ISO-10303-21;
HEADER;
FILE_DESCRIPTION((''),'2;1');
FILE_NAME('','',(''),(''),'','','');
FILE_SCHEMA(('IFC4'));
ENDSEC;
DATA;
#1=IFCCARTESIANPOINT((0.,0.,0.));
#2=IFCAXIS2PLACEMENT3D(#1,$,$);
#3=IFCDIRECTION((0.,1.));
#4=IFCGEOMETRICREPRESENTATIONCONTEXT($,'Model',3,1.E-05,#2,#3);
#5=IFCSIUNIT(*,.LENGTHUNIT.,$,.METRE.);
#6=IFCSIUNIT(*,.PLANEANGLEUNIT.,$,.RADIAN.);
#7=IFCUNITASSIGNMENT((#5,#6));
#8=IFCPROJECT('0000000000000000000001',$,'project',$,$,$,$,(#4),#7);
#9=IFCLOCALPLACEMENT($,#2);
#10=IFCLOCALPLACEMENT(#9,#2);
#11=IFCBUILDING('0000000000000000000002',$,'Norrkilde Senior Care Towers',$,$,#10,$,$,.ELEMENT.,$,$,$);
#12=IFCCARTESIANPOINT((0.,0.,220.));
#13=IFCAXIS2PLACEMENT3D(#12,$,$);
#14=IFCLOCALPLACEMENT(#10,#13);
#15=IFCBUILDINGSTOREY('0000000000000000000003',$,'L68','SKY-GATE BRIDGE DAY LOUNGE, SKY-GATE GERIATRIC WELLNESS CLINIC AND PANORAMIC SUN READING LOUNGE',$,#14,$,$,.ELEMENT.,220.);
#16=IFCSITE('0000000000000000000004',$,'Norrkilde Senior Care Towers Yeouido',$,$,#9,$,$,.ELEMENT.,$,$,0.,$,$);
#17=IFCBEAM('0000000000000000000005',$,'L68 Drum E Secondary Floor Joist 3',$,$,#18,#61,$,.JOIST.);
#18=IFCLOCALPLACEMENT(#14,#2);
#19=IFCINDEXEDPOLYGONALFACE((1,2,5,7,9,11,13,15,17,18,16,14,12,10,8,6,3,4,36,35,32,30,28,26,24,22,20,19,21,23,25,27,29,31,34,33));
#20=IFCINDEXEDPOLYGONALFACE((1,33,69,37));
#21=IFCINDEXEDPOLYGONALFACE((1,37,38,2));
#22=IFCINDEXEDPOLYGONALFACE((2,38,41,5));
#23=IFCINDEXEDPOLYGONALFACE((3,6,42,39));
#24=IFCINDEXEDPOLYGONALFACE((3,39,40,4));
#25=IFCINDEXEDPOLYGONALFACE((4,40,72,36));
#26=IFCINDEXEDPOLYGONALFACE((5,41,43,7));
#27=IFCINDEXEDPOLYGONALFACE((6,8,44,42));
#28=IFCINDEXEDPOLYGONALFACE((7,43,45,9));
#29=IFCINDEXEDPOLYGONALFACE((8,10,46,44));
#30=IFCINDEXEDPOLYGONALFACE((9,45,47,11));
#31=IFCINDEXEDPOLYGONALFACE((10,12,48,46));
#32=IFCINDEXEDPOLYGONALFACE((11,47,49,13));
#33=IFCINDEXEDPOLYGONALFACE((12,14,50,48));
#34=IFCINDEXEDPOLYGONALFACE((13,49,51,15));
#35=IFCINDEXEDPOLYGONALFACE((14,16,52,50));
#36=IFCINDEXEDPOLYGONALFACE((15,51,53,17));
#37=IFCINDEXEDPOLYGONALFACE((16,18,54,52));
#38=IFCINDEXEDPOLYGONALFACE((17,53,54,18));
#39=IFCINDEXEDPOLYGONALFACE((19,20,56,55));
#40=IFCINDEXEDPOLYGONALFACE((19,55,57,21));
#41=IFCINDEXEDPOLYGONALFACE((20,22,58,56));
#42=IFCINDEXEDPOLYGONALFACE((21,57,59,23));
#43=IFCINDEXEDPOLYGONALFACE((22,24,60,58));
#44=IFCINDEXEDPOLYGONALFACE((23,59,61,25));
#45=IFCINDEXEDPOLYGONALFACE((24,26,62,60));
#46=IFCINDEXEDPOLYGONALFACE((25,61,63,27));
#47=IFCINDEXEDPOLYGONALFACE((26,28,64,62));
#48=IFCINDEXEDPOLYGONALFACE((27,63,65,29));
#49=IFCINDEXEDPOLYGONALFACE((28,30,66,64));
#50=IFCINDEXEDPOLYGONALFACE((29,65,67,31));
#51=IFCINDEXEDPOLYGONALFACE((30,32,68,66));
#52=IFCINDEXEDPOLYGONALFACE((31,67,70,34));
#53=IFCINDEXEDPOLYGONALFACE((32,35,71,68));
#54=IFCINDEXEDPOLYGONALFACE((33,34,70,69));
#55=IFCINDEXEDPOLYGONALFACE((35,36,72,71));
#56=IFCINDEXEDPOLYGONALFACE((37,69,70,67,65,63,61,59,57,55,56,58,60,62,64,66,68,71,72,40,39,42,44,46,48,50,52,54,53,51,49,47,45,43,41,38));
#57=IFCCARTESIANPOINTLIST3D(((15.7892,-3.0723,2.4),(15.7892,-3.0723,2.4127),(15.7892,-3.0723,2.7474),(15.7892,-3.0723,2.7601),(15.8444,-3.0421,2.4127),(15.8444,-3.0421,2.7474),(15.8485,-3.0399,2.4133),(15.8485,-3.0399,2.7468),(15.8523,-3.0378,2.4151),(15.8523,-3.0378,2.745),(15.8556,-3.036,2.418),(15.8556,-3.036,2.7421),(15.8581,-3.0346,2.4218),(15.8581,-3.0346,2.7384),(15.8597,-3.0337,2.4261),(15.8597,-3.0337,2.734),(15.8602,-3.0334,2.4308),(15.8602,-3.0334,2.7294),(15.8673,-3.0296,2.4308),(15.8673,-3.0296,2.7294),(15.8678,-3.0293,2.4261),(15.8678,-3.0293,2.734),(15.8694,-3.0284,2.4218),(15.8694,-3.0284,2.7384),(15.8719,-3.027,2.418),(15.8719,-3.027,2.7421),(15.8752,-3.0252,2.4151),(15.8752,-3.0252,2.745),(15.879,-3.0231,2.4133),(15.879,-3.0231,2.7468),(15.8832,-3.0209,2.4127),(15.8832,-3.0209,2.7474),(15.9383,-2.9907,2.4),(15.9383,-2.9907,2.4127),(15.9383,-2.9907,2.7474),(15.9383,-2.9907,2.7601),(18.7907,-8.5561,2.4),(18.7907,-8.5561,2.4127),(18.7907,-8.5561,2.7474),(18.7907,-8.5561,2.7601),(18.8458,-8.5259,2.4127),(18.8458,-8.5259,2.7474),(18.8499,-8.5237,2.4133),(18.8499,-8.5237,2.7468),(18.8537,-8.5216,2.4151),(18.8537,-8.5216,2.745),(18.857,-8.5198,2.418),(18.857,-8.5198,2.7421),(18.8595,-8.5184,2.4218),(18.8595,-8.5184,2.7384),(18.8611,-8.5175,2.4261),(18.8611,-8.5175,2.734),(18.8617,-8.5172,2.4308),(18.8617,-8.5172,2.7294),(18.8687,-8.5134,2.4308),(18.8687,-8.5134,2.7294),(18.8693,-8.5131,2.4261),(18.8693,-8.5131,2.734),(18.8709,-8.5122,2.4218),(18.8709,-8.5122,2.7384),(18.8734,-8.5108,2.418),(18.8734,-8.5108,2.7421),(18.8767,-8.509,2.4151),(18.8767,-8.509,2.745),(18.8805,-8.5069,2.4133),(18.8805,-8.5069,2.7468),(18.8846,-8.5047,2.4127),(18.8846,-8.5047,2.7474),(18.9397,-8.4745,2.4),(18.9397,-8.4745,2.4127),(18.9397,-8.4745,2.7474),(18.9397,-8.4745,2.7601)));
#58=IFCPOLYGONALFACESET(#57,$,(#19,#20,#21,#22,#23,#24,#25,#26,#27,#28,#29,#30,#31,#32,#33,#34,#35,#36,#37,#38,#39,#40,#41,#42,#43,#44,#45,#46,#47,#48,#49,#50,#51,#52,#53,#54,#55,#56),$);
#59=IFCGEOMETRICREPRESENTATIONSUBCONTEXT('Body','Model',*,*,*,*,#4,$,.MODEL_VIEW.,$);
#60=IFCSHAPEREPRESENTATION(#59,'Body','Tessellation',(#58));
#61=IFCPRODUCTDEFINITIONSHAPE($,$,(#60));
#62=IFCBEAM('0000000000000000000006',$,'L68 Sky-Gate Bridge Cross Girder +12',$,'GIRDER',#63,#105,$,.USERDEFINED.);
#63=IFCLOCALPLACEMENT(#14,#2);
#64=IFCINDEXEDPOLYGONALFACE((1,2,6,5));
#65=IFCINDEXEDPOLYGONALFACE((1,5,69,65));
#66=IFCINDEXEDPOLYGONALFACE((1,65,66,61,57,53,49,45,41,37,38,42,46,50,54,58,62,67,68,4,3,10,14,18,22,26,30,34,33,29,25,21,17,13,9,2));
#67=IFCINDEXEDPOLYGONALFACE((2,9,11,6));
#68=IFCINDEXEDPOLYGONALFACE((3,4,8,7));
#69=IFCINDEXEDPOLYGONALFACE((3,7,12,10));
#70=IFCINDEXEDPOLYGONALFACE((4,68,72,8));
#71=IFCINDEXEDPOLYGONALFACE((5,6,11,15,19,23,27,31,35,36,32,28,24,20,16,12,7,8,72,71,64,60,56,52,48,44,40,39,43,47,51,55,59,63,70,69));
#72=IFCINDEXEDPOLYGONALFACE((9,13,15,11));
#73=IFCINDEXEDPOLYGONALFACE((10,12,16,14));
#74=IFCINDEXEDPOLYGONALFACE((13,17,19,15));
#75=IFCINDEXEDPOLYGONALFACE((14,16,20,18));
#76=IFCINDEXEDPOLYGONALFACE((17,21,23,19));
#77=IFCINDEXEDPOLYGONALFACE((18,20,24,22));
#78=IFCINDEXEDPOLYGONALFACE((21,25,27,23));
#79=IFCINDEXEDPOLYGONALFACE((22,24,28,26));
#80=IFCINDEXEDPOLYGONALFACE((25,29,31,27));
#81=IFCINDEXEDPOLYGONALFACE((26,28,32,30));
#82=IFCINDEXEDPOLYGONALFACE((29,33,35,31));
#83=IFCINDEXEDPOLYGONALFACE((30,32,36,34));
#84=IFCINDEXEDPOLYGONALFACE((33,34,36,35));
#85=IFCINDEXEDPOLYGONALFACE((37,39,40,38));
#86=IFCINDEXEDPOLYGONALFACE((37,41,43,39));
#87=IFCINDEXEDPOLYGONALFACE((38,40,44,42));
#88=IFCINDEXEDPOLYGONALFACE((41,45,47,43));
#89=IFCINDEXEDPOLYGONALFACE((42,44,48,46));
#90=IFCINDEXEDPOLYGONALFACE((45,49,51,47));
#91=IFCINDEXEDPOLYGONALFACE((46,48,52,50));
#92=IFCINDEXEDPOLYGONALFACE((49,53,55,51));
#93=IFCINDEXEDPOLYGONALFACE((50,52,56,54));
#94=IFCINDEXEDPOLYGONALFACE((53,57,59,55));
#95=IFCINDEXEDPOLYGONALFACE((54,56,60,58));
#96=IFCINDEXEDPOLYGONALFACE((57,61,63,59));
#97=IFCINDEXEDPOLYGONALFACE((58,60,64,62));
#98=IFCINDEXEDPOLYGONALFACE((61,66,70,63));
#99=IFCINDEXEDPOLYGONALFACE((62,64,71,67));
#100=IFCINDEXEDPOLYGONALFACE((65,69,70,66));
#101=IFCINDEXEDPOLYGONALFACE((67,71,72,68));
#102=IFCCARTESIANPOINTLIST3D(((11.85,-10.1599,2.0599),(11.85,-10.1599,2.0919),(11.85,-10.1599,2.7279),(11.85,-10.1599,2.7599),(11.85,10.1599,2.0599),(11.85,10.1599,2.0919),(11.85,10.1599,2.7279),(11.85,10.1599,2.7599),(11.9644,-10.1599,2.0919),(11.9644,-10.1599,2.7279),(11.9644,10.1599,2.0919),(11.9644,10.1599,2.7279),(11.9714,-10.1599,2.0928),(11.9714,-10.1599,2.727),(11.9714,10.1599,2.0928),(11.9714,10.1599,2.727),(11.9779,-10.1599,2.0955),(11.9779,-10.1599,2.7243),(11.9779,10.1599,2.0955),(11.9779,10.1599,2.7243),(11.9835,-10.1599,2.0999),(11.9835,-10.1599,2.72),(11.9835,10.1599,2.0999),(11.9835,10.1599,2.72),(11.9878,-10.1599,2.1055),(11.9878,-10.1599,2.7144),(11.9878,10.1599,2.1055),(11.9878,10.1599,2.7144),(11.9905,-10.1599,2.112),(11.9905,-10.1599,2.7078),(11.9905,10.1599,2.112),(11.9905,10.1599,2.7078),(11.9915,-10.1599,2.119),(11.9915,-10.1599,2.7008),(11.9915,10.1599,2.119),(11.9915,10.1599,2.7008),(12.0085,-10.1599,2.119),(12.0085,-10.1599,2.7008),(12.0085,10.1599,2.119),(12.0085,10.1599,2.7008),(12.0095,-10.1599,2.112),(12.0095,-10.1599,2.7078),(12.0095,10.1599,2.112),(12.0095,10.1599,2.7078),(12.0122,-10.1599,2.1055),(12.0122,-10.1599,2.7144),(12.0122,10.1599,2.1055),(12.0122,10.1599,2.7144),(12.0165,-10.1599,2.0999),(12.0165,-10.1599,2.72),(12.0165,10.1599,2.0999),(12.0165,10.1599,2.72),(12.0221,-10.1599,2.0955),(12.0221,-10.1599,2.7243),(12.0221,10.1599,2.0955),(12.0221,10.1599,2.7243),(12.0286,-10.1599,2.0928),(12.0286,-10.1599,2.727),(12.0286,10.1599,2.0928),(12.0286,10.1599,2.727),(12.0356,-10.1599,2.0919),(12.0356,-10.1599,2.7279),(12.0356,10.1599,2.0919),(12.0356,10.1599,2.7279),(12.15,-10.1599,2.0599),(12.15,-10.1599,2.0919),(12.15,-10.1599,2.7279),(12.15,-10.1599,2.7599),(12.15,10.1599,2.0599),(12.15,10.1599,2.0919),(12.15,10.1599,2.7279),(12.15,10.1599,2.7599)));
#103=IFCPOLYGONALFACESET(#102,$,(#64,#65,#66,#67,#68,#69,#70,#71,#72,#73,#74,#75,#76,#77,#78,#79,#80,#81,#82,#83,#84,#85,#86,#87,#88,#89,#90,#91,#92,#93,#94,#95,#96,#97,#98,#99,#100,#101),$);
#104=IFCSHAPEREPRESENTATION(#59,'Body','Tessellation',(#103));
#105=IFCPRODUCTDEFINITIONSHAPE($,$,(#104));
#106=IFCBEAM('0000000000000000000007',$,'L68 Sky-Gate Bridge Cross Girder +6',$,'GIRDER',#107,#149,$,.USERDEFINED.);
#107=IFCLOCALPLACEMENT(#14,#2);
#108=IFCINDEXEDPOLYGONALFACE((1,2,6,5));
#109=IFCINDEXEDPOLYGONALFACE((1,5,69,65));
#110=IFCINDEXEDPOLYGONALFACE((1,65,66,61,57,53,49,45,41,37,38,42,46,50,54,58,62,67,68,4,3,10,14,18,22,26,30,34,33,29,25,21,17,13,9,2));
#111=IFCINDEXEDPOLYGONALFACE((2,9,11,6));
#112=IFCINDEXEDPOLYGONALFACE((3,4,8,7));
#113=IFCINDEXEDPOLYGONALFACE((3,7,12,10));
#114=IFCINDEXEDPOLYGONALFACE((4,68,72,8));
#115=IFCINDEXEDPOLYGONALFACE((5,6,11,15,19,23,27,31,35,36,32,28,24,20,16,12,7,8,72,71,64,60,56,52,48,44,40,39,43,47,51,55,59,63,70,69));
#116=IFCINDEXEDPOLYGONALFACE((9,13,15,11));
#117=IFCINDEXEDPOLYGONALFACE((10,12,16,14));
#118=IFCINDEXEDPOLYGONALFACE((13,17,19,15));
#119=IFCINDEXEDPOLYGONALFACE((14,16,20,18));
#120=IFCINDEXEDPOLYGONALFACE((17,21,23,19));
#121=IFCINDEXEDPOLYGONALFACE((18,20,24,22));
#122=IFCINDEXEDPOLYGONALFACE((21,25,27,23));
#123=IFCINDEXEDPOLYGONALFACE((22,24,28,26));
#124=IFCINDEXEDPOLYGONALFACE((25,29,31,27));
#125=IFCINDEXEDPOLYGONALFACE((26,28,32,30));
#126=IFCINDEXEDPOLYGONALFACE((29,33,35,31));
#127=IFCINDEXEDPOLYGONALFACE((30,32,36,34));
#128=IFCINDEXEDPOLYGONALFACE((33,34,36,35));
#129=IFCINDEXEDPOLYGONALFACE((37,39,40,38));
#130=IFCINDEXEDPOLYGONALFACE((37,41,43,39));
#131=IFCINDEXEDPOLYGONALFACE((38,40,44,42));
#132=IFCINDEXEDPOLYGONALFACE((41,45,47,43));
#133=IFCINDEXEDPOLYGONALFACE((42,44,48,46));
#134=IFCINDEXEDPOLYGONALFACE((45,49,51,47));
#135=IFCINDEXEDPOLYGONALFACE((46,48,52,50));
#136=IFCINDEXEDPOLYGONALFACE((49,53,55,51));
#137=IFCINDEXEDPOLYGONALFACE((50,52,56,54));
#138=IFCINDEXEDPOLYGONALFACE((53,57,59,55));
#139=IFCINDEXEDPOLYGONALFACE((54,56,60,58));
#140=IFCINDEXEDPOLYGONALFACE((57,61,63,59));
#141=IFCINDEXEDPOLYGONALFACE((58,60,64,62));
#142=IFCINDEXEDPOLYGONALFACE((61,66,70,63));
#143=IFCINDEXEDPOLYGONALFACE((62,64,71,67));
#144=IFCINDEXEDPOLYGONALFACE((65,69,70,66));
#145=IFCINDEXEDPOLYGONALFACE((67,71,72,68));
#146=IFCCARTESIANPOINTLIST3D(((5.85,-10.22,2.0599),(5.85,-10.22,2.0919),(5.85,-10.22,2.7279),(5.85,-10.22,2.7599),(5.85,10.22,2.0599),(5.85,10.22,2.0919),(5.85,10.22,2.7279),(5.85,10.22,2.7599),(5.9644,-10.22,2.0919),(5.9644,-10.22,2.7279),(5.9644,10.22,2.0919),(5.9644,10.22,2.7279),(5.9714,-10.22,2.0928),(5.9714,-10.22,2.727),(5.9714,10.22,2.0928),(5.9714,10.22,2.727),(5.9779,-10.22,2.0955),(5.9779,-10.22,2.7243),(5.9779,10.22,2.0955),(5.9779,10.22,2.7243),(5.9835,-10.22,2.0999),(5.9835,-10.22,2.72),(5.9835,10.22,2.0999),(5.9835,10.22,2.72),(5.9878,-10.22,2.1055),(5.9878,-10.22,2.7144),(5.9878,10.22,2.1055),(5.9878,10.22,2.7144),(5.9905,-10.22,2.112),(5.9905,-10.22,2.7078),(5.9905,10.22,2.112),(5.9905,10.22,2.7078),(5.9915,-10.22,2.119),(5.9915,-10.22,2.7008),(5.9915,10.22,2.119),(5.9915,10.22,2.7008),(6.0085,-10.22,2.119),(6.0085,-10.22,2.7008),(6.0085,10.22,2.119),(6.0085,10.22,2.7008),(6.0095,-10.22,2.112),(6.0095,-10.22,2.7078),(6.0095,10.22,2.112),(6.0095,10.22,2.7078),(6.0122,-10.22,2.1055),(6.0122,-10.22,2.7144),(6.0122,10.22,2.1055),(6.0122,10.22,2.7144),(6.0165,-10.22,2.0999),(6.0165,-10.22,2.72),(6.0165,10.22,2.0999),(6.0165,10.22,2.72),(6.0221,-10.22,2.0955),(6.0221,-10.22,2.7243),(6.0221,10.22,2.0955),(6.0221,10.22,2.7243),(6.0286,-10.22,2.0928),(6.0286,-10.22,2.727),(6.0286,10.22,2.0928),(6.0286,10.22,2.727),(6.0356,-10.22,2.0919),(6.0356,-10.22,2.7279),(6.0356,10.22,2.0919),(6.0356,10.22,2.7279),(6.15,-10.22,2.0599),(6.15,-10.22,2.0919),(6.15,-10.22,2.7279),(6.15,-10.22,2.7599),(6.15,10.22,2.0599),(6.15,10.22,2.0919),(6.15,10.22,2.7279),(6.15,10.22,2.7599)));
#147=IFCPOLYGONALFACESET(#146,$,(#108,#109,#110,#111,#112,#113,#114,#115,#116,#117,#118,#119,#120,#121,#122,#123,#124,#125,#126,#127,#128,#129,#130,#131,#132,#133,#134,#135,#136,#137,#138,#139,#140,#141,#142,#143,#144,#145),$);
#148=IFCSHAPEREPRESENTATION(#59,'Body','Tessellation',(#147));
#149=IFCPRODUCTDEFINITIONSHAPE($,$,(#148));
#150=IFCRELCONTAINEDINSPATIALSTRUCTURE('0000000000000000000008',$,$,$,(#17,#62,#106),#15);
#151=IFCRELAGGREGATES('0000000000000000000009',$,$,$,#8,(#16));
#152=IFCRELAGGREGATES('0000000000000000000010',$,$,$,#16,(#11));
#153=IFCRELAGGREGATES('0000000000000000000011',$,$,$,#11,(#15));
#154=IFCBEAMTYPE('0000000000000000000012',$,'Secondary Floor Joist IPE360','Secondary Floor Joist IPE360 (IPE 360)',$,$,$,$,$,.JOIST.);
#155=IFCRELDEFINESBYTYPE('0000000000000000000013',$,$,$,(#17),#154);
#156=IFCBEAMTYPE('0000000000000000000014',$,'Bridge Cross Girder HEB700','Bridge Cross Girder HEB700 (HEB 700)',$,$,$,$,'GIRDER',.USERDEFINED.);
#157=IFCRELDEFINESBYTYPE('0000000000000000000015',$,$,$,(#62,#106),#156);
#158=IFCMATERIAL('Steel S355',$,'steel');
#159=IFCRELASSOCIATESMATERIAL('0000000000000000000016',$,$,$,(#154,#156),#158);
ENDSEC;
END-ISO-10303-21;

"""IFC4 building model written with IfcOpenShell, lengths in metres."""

from ifc_helpers import new_model, si_unit, direction, frame, origin, origin_2d, place, context, subcontext, project, spatial, i_section, extrude, source, transform, mapped, material, material_profile, profile_set, type_object, type_shapes, element, save


model = new_model("IFC4")

# Units and contexts
model_context = context("Model", 3, precision=1e-05, world=origin(), true_north=direction((0.0, 1.0)))
body_context = subcontext(model_context, "Body", "Model", "MODEL_VIEW")
ifc_project = project(units=[si_unit("LENGTHUNIT", "METRE"), si_unit("PLANEANGLEUNIT", "RADIAN")], contexts=[model_context])

# Site, building, storey
site_placement = place(None, origin())
site = spatial("IfcSite", under=ifc_project, at=site_placement, Name="Norrkilde Senior Care Towers Yeouido", CompositionType="ELEMENT", RefElevation=0.0)
building_placement = place(site_placement, origin())
building = spatial("IfcBuilding", under=site, at=building_placement, Name="Norrkilde Senior Care Towers", CompositionType="ELEMENT")
storey_placement = place(building_placement, frame((0.0, 0.0, 220.0)))
storey = spatial("IfcBuildingStorey", under=building, at=storey_placement, Name="L68", Description="SKY-GATE BRIDGE DAY LOUNGE, SKY-GATE GERIATRIC WELLNESS CLINIC AND PANORAMIC SUN READING LOUNGE", CompositionType="ELEMENT", Elevation=220.0)

# Shared definitions
ifc_material_1 = material(Name="Steel S355", Category="steel")

# Beams
ifc_material_profile_1 = material_profile(ifc_material_1, i_section(OverallWidth=0.1699, OverallDepth=0.3601, WebThickness=0.0081, FlangeThickness=0.0127, FilletRadius=0.0181, at=origin_2d()), Name="IPE 360")
ifc_profile_set_1 = profile_set([ifc_material_profile_1], Name="Steel S355")
beam_type_1 = type_object("IfcBeamType", Name="Secondary Floor Joist IPE360", Description="Secondary Floor Joist IPE360 (IPE 360)", PredefinedType="JOIST", material=ifc_profile_set_1)
shared_shape_1 = source(origin(), body_context, "Body", "SweptSolid", [
    extrude(i_section(OverallWidth=0.1699, OverallDepth=0.3601, WebThickness=0.0081, FlangeThickness=0.0127, FilletRadius=0.0181, at=origin_2d()), origin(), (0.0, 0.0, 1.0), 6.2515),
])
type_shapes(beam_type_1, [shared_shape_1])
beam_1_placement = place(storey_placement, frame((15.8638, -3.0315, 2.5801), z_axis=(0.480116, -0.877205, 0.0), x_axis=(0.877205, 0.480116, 0.0)))
element("IfcBeam", 1, at=beam_1_placement, inside=storey, type_object=beam_type_1, Name="L68 Drum E Secondary Floor Joist 3", PredefinedType="JOIST", context=body_context, shape_type="MappedRepresentation", body=[
    mapped(shared_shape_1, transform((0.0, 0.0, 0.0), x_axis=(1.0, 0.0, 0.0), y_axis=(0.0, 1.0, 0.0), z_axis=(0.0, 0.0, 1.0), scale=1.0)),
])
ifc_material_profile_2 = material_profile(ifc_material_1, i_section(OverallWidth=0.3, OverallDepth=0.7, WebThickness=0.0171, FlangeThickness=0.032, FilletRadius=0.0271, at=origin_2d()), Name="HEB 700")
ifc_profile_set_2 = profile_set([ifc_material_profile_2], Name="Steel S355")
beam_type_2 = type_object("IfcBeamType", Name="Bridge Cross Girder HEB700", Description="Bridge Cross Girder HEB700 (HEB 700)", ElementType="GIRDER", PredefinedType="USERDEFINED", material=ifc_profile_set_2)
shared_shape_2 = source(origin(), body_context, "Body", "SweptSolid", [
    extrude(i_section(OverallWidth=0.3, OverallDepth=0.7, WebThickness=0.0171, FlangeThickness=0.032, FilletRadius=0.0271, at=origin_2d()), origin(), (0.0, 0.0, 1.0), 20.3198),
])
beam_2_placement = place(storey_placement, frame((12.0, -10.1599, 2.4099), z_axis=(0.0, 1.0, 0.0), x_axis=(-1.0, 0.0, 0.0)))
element("IfcBeam", 2, at=beam_2_placement, inside=storey, type_object=beam_type_2, Name="L68 Sky-Gate Bridge Cross Girder +12", ObjectType="GIRDER", PredefinedType="USERDEFINED", context=body_context, shape_type="MappedRepresentation", body=[
    mapped(shared_shape_2, transform((0.0, 0.0, 0.0), x_axis=(1.0, 0.0, 0.0), y_axis=(0.0, 1.0, 0.0), z_axis=(0.0, 0.0, 1.0), scale=1.0)),
])
shared_shape_3 = source(origin(), body_context, "Body", "SweptSolid", [
    extrude(i_section(OverallWidth=0.3, OverallDepth=0.7, WebThickness=0.0171, FlangeThickness=0.032, FilletRadius=0.0271, at=origin_2d()), origin(), (0.0, 0.0, 1.0), 20.4399),
])
type_shapes(beam_type_2, [shared_shape_2, shared_shape_3])
beam_3_placement = place(storey_placement, frame((6.0, -10.22, 2.4099), z_axis=(0.0, 1.0, 0.0), x_axis=(-1.0, 0.0, 0.0)))
element("IfcBeam", 3, at=beam_3_placement, inside=storey, type_object=beam_type_2, Name="L68 Sky-Gate Bridge Cross Girder +6", ObjectType="GIRDER", PredefinedType="USERDEFINED", context=body_context, shape_type="MappedRepresentation", body=[
    mapped(shared_shape_3, transform((0.0, 0.0, 0.0), x_axis=(1.0, 0.0, 0.0), y_axis=(0.0, 1.0, 0.0), z_axis=(0.0, 0.0, 1.0), scale=1.0)),
])

save(model, "model.ifc")
